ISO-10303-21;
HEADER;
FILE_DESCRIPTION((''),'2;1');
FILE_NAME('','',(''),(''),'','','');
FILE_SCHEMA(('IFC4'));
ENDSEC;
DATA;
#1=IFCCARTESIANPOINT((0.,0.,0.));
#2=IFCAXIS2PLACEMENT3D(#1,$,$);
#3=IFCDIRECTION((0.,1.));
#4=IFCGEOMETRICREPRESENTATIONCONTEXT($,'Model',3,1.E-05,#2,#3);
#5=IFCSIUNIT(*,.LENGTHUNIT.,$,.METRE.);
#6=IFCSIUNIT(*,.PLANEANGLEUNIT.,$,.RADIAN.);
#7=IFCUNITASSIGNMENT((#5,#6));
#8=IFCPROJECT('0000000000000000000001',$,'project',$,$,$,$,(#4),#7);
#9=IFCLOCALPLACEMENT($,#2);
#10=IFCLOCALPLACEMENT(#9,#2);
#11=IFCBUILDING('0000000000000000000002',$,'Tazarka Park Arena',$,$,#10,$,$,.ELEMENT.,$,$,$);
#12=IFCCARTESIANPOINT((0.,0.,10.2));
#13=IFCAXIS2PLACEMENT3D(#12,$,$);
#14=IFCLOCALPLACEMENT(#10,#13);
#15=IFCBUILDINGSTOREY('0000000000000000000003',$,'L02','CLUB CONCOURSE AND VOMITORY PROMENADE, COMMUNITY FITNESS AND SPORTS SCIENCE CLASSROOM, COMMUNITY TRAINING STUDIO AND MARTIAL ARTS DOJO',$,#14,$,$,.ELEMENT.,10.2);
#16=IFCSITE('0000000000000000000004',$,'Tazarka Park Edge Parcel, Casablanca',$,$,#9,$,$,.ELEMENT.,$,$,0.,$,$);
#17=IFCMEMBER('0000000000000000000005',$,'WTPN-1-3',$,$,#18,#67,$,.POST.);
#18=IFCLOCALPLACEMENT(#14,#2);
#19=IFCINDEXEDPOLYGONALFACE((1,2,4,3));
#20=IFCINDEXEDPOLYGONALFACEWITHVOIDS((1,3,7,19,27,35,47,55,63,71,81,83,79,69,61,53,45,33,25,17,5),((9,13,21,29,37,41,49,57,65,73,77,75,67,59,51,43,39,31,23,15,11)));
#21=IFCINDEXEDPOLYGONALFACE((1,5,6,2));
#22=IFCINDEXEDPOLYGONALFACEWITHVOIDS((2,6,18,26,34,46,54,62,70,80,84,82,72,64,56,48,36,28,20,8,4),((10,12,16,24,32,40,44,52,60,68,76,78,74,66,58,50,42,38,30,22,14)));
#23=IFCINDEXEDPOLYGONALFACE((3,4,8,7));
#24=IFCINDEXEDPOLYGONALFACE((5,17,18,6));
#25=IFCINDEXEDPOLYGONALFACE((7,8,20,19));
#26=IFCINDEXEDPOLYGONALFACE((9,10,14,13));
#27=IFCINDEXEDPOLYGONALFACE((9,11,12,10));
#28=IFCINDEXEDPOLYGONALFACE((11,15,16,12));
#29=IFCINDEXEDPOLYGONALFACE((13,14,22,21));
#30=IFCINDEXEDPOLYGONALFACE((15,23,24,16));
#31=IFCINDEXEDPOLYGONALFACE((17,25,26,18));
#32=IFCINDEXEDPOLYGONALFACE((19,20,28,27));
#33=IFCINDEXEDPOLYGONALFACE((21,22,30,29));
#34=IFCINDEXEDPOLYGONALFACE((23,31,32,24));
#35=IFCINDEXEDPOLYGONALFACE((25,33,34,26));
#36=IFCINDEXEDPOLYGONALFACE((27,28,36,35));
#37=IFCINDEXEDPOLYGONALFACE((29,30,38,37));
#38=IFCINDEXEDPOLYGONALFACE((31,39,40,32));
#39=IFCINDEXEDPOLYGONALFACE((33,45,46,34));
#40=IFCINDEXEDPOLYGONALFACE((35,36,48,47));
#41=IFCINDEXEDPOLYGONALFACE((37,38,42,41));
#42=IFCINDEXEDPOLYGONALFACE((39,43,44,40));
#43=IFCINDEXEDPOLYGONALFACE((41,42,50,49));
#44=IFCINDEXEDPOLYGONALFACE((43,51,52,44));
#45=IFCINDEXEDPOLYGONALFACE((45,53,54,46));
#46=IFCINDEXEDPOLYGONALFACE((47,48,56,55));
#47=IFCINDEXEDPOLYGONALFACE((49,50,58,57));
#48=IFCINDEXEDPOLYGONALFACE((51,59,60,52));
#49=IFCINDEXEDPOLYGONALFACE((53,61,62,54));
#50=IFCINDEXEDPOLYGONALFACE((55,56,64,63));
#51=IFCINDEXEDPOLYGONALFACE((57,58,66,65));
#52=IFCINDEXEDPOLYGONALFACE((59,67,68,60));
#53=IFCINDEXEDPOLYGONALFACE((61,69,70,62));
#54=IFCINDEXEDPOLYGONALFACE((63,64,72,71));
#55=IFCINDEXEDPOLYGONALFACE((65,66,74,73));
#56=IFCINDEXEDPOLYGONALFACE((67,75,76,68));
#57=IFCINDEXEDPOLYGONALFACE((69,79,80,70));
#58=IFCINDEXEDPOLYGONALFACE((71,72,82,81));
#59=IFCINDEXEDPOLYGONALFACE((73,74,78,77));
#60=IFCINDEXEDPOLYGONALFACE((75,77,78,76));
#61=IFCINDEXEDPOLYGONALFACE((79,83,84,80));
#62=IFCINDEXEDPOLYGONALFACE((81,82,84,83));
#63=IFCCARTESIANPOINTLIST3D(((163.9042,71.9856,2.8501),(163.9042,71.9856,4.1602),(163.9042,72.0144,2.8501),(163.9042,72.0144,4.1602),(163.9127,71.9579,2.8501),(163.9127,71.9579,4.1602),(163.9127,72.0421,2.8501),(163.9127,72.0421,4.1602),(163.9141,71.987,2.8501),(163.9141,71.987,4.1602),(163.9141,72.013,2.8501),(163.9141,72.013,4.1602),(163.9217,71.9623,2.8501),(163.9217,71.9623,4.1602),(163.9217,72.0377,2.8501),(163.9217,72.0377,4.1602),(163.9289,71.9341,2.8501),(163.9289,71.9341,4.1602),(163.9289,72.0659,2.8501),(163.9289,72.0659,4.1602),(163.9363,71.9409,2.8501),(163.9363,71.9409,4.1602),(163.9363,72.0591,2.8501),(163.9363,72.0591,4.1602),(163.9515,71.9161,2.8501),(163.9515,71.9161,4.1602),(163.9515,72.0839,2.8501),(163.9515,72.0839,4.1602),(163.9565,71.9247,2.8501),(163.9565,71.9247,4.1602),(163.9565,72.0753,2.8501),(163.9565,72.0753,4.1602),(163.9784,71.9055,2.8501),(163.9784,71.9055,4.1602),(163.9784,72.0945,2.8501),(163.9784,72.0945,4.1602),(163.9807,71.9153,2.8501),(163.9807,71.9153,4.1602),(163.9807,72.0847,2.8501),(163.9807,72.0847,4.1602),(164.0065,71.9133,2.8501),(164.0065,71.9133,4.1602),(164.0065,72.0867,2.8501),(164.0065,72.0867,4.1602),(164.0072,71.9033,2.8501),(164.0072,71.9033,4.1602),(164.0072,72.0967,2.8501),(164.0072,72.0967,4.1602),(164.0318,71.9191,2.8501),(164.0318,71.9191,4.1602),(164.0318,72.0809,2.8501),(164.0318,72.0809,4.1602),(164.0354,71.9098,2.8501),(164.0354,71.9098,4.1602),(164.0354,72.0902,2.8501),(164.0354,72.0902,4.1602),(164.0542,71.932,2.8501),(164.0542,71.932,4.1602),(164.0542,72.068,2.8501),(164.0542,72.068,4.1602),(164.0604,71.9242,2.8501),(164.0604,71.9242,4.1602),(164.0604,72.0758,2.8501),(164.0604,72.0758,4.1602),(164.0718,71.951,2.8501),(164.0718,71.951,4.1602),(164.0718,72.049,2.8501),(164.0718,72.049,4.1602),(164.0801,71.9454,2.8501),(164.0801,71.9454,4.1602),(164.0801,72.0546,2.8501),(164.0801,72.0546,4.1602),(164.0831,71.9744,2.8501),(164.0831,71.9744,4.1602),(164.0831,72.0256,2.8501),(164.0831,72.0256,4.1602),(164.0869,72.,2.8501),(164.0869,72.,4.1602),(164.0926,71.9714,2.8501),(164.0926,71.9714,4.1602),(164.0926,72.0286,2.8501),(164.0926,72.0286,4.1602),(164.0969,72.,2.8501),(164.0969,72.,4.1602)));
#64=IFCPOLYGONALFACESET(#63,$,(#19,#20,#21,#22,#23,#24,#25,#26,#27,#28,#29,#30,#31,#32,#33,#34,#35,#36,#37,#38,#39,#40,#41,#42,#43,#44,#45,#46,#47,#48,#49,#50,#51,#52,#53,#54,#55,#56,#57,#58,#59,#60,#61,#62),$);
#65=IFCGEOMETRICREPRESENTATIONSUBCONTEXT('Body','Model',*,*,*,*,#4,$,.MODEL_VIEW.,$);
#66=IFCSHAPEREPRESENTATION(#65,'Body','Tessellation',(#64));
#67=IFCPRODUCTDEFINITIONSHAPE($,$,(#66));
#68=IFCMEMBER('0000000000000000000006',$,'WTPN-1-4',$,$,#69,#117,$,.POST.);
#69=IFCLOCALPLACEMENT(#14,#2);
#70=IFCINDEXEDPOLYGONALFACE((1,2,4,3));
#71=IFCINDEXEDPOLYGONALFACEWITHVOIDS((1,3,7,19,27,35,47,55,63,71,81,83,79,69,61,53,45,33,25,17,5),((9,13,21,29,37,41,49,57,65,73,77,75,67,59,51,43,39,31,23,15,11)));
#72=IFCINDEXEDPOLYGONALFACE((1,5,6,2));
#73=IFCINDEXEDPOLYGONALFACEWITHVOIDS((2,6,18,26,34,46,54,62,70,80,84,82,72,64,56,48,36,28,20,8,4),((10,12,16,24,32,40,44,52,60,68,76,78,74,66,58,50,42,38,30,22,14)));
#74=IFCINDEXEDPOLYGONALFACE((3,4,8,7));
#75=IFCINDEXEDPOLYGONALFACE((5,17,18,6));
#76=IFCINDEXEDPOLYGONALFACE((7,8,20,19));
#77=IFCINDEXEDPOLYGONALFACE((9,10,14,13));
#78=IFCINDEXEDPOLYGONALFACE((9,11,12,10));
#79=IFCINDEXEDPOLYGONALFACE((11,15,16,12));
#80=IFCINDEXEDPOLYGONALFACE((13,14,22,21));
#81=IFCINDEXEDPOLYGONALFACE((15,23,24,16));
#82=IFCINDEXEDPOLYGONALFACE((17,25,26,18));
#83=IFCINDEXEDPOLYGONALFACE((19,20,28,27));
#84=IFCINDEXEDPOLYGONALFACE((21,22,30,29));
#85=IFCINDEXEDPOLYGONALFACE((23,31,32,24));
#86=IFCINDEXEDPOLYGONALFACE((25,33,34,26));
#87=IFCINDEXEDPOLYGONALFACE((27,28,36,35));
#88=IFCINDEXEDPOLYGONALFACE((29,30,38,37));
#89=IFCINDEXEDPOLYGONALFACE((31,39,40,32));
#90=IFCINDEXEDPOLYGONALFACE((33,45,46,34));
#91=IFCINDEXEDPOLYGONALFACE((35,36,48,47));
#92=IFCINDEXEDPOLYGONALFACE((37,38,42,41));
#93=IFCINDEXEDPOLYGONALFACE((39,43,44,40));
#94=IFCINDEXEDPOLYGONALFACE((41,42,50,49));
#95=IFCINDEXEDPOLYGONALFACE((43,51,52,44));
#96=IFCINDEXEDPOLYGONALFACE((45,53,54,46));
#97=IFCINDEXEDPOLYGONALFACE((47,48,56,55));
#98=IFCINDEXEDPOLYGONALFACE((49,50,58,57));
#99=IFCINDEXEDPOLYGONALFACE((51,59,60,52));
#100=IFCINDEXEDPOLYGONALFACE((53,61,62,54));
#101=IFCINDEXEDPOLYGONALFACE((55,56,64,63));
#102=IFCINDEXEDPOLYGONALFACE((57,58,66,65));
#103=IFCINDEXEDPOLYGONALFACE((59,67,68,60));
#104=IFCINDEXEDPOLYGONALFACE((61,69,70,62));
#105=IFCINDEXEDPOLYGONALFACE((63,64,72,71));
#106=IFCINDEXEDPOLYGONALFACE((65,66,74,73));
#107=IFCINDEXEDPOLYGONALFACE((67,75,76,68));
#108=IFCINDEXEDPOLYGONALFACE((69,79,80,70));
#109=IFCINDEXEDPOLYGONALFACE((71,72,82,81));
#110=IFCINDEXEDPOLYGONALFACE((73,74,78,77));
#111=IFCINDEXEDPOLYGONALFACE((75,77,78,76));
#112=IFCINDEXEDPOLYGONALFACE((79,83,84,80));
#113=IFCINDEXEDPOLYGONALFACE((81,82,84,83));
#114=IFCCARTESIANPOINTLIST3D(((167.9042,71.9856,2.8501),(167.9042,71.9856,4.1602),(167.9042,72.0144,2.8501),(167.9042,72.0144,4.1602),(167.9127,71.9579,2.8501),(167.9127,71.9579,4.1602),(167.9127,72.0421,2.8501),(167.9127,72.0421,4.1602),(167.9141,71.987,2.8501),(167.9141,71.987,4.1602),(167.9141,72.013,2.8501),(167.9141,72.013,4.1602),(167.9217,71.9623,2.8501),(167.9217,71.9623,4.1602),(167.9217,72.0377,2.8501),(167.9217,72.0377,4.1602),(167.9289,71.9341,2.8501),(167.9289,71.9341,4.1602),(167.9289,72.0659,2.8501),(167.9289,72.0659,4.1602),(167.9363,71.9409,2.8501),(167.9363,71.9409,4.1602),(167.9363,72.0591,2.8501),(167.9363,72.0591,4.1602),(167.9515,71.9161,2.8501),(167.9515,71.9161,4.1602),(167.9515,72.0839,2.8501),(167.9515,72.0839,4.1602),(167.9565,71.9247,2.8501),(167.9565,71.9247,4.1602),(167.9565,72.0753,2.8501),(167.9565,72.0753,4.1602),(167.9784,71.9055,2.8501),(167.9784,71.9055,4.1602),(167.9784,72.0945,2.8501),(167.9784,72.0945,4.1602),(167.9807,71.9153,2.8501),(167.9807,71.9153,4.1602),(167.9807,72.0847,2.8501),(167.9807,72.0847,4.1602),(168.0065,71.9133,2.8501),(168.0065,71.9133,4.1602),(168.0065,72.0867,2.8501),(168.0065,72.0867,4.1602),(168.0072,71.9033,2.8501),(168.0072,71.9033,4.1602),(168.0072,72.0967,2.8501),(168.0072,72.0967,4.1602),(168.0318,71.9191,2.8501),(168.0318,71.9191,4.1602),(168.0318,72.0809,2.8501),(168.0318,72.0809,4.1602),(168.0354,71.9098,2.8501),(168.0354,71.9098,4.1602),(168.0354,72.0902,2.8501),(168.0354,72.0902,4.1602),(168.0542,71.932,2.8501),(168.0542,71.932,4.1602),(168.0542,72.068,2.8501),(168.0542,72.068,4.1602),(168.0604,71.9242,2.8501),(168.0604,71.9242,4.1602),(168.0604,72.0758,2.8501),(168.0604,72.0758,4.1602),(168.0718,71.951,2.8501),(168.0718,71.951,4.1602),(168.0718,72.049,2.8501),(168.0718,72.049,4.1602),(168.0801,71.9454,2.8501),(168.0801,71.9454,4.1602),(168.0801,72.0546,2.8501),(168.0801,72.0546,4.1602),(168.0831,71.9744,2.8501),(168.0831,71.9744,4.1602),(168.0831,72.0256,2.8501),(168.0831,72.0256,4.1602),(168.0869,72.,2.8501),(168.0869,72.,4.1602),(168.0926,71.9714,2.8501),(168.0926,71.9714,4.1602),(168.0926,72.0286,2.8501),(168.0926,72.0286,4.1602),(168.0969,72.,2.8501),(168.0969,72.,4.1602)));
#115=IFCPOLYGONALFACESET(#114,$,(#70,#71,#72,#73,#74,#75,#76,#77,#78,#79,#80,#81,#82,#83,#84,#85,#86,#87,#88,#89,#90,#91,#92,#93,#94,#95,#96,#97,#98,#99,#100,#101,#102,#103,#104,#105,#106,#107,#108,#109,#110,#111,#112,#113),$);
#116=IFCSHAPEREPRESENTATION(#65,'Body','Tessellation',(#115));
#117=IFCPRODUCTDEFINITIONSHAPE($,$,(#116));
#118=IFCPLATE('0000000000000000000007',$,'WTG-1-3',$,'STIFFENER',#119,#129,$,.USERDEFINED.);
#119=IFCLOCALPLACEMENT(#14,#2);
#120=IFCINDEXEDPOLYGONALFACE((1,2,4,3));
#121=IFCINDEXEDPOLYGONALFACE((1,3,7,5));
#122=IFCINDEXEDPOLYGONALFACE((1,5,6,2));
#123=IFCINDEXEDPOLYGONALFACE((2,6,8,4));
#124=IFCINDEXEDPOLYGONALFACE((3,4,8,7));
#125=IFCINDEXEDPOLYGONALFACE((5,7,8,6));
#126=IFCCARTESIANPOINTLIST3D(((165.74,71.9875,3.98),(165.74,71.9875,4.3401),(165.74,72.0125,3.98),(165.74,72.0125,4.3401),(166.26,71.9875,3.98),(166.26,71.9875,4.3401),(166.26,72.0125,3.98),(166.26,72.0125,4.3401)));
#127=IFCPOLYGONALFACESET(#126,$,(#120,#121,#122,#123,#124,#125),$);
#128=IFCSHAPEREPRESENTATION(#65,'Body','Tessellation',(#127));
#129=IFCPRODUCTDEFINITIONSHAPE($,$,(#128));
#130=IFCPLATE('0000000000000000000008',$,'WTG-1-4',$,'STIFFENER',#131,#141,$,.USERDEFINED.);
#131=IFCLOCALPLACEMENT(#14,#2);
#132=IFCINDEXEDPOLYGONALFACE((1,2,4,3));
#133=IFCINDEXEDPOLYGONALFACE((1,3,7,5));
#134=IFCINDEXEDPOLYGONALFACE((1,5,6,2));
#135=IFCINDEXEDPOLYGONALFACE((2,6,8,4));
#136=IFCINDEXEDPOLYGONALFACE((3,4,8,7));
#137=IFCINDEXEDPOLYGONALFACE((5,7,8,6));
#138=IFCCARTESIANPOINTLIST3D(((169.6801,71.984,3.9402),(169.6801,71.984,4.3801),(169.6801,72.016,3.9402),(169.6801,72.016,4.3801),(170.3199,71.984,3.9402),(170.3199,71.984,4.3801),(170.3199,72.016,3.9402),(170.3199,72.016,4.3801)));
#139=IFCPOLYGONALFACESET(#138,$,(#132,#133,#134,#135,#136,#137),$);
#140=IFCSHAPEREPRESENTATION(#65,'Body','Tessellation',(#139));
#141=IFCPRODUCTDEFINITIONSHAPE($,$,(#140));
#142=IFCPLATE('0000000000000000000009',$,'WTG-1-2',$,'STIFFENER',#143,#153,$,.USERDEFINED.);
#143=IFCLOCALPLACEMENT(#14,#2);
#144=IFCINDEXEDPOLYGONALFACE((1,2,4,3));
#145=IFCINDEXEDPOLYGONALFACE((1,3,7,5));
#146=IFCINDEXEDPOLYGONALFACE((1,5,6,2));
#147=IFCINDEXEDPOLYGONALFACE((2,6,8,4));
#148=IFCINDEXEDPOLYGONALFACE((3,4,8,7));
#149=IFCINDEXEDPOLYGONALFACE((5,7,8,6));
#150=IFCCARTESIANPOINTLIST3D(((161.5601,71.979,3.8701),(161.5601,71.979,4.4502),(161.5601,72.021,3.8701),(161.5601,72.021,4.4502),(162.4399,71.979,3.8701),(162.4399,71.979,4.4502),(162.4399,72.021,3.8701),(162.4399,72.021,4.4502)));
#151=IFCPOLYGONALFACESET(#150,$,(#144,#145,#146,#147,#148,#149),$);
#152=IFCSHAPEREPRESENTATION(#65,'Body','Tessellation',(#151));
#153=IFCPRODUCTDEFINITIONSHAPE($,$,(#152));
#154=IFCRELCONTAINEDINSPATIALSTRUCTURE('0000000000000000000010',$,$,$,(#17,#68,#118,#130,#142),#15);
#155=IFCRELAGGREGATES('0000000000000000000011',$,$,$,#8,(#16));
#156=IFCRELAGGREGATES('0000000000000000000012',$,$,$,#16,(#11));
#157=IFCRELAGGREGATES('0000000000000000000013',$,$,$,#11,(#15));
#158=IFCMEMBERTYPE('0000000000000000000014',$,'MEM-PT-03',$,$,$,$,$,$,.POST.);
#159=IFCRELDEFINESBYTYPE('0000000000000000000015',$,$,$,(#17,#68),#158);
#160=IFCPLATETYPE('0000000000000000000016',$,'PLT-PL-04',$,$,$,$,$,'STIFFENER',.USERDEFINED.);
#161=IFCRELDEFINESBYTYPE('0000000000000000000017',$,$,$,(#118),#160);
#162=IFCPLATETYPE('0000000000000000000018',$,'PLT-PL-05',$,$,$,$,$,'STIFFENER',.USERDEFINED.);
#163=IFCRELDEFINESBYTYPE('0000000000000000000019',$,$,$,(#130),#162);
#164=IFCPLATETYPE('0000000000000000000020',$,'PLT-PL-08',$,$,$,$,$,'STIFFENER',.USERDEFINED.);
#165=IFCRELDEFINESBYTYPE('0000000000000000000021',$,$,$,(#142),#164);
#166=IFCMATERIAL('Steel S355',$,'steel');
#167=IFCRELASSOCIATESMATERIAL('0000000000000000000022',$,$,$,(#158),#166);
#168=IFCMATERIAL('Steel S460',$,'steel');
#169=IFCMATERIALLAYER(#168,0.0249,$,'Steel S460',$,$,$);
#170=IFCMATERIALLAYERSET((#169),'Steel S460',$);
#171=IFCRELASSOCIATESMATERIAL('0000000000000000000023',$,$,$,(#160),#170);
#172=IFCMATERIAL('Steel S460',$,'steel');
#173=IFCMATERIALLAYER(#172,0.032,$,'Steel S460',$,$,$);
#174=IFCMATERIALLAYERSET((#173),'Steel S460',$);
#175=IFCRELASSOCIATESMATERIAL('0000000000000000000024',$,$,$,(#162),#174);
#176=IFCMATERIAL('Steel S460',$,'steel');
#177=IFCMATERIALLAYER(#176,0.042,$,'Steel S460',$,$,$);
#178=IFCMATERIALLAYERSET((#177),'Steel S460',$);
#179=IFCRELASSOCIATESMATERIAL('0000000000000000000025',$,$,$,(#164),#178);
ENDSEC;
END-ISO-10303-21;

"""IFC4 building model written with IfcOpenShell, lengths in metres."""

from ifc_helpers import new_model, si_unit, direction, frame, origin, origin_2d, place, context, subcontext, project, spatial, rectangle, hollow_circle, extrude, material, layer, layer_set, material_profile, profile_set, type_object, element, save


model = new_model("IFC4")

# Units and contexts
model_context = context("Model", 3, precision=1e-05, world=origin(), true_north=direction((0.0, 1.0)))
body_context = subcontext(model_context, "Body", "Model", "MODEL_VIEW")
ifc_project = project(units=[si_unit("LENGTHUNIT", "METRE"), si_unit("PLANEANGLEUNIT", "RADIAN")], contexts=[model_context])

# Site, building, storey
site_placement = place(None, origin())
site = spatial("IfcSite", under=ifc_project, at=site_placement, Name="Tazarka Park Edge Parcel, Casablanca", CompositionType="ELEMENT", RefElevation=0.0)
building_placement = place(site_placement, origin())
building = spatial("IfcBuilding", under=site, at=building_placement, Name="Tazarka Park Arena", CompositionType="ELEMENT")
storey_placement = place(building_placement, frame((0.0, 0.0, 10.2)))
storey = spatial("IfcBuildingStorey", under=building, at=storey_placement, Name="L02", Description="CLUB CONCOURSE AND VOMITORY PROMENADE, COMMUNITY FITNESS AND SPORTS SCIENCE CLASSROOM, COMMUNITY TRAINING STUDIO AND MARTIAL ARTS DOJO", CompositionType="ELEMENT", Elevation=10.2)

# Members
ifc_material_1 = material(Name="Steel S355", Category="steel")
ifc_material_profile_1 = material_profile(ifc_material_1, hollow_circle(Radius=0.0969, WallThickness=0.01, at=origin_2d()), Name="Steel S355")
ifc_profile_set_1 = profile_set([ifc_material_profile_1], Name="Steel S355")
member_type_1 = type_object("IfcMemberType", Name="MEM-PT-03", PredefinedType="POST", material=ifc_profile_set_1)
for number, where, z_axis, x_axis, name in (
    (1, (164.0, 72.0, 2.8501), (0.0, 0.0, 1.0), (1.0, 0.0, 0.0), "WTPN-1-3"),
    (2, (168.0, 72.0, 2.8501), (0.0, 0.0, 1.0), (1.0, 0.0, 0.0), "WTPN-1-4"),
):
    element("IfcMember", number, at=place(storey_placement, frame(where, z_axis=z_axis, x_axis=x_axis)), inside=storey, type_object=member_type_1, Name=name, PredefinedType="POST", context=body_context, shape_type="SweptSolid", body=[
        extrude(hollow_circle(Radius=0.0969, WallThickness=0.01, at=origin_2d()), origin(), (0.0, 0.0, 1.0), 1.3101),
    ])

# Plates
ifc_material_2 = material(Name="Steel S460", Category="steel")
ifc_layer_1 = layer(ifc_material_2, 0.0249, Name="Steel S460")
ifc_layer_set_1 = layer_set([ifc_layer_1], Name="Steel S460")
plate_type_1 = type_object("IfcPlateType", Name="PLT-PL-04", ElementType="STIFFENER", PredefinedType="USERDEFINED", material=ifc_layer_set_1)
plate_1_placement = place(storey_placement, frame((166.0, 72.0, 3.98), z_axis=(0.0, 0.0, 1.0), x_axis=(1.0, 0.0, 0.0)))
element("IfcPlate", 3, at=plate_1_placement, inside=storey, type_object=plate_type_1, Name="WTG-1-3", ObjectType="STIFFENER", PredefinedType="USERDEFINED", context=body_context, shape_type="SweptSolid", body=[
    extrude(rectangle(XDim=0.52, YDim=0.0249, at=origin_2d()), origin(), (0.0, 0.0, 1.0), 0.3601),
])
ifc_material_3 = material(Name="Steel S460", Category="steel")
ifc_layer_2 = layer(ifc_material_3, 0.032, Name="Steel S460")
ifc_layer_set_2 = layer_set([ifc_layer_2], Name="Steel S460")
plate_type_2 = type_object("IfcPlateType", Name="PLT-PL-05", ElementType="STIFFENER", PredefinedType="USERDEFINED", material=ifc_layer_set_2)
plate_2_placement = place(storey_placement, frame((170.0, 72.0, 3.9402), z_axis=(0.0, 0.0, 1.0), x_axis=(1.0, 0.0, 0.0)))
element("IfcPlate", 4, at=plate_2_placement, inside=storey, type_object=plate_type_2, Name="WTG-1-4", ObjectType="STIFFENER", PredefinedType="USERDEFINED", context=body_context, shape_type="SweptSolid", body=[
    extrude(rectangle(XDim=0.6399, YDim=0.032, at=origin_2d()), origin(), (0.0, 0.0, 1.0), 0.4399),
])
ifc_material_4 = material(Name="Steel S460", Category="steel")
ifc_layer_3 = layer(ifc_material_4, 0.042, Name="Steel S460")
ifc_layer_set_3 = layer_set([ifc_layer_3], Name="Steel S460")
plate_type_3 = type_object("IfcPlateType", Name="PLT-PL-08", ElementType="STIFFENER", PredefinedType="USERDEFINED", material=ifc_layer_set_3)
plate_3_placement = place(storey_placement, frame((162.0, 72.0, 3.8701), z_axis=(0.0, 0.0, 1.0), x_axis=(1.0, 0.0, 0.0)))
element("IfcPlate", 5, at=plate_3_placement, inside=storey, type_object=plate_type_3, Name="WTG-1-2", ObjectType="STIFFENER", PredefinedType="USERDEFINED", context=body_context, shape_type="SweptSolid", body=[
    extrude(rectangle(XDim=0.8799, YDim=0.042, at=origin_2d()), origin(), (0.0, 0.0, 1.0), 0.5801),
])

save(model, "model.ifc")
